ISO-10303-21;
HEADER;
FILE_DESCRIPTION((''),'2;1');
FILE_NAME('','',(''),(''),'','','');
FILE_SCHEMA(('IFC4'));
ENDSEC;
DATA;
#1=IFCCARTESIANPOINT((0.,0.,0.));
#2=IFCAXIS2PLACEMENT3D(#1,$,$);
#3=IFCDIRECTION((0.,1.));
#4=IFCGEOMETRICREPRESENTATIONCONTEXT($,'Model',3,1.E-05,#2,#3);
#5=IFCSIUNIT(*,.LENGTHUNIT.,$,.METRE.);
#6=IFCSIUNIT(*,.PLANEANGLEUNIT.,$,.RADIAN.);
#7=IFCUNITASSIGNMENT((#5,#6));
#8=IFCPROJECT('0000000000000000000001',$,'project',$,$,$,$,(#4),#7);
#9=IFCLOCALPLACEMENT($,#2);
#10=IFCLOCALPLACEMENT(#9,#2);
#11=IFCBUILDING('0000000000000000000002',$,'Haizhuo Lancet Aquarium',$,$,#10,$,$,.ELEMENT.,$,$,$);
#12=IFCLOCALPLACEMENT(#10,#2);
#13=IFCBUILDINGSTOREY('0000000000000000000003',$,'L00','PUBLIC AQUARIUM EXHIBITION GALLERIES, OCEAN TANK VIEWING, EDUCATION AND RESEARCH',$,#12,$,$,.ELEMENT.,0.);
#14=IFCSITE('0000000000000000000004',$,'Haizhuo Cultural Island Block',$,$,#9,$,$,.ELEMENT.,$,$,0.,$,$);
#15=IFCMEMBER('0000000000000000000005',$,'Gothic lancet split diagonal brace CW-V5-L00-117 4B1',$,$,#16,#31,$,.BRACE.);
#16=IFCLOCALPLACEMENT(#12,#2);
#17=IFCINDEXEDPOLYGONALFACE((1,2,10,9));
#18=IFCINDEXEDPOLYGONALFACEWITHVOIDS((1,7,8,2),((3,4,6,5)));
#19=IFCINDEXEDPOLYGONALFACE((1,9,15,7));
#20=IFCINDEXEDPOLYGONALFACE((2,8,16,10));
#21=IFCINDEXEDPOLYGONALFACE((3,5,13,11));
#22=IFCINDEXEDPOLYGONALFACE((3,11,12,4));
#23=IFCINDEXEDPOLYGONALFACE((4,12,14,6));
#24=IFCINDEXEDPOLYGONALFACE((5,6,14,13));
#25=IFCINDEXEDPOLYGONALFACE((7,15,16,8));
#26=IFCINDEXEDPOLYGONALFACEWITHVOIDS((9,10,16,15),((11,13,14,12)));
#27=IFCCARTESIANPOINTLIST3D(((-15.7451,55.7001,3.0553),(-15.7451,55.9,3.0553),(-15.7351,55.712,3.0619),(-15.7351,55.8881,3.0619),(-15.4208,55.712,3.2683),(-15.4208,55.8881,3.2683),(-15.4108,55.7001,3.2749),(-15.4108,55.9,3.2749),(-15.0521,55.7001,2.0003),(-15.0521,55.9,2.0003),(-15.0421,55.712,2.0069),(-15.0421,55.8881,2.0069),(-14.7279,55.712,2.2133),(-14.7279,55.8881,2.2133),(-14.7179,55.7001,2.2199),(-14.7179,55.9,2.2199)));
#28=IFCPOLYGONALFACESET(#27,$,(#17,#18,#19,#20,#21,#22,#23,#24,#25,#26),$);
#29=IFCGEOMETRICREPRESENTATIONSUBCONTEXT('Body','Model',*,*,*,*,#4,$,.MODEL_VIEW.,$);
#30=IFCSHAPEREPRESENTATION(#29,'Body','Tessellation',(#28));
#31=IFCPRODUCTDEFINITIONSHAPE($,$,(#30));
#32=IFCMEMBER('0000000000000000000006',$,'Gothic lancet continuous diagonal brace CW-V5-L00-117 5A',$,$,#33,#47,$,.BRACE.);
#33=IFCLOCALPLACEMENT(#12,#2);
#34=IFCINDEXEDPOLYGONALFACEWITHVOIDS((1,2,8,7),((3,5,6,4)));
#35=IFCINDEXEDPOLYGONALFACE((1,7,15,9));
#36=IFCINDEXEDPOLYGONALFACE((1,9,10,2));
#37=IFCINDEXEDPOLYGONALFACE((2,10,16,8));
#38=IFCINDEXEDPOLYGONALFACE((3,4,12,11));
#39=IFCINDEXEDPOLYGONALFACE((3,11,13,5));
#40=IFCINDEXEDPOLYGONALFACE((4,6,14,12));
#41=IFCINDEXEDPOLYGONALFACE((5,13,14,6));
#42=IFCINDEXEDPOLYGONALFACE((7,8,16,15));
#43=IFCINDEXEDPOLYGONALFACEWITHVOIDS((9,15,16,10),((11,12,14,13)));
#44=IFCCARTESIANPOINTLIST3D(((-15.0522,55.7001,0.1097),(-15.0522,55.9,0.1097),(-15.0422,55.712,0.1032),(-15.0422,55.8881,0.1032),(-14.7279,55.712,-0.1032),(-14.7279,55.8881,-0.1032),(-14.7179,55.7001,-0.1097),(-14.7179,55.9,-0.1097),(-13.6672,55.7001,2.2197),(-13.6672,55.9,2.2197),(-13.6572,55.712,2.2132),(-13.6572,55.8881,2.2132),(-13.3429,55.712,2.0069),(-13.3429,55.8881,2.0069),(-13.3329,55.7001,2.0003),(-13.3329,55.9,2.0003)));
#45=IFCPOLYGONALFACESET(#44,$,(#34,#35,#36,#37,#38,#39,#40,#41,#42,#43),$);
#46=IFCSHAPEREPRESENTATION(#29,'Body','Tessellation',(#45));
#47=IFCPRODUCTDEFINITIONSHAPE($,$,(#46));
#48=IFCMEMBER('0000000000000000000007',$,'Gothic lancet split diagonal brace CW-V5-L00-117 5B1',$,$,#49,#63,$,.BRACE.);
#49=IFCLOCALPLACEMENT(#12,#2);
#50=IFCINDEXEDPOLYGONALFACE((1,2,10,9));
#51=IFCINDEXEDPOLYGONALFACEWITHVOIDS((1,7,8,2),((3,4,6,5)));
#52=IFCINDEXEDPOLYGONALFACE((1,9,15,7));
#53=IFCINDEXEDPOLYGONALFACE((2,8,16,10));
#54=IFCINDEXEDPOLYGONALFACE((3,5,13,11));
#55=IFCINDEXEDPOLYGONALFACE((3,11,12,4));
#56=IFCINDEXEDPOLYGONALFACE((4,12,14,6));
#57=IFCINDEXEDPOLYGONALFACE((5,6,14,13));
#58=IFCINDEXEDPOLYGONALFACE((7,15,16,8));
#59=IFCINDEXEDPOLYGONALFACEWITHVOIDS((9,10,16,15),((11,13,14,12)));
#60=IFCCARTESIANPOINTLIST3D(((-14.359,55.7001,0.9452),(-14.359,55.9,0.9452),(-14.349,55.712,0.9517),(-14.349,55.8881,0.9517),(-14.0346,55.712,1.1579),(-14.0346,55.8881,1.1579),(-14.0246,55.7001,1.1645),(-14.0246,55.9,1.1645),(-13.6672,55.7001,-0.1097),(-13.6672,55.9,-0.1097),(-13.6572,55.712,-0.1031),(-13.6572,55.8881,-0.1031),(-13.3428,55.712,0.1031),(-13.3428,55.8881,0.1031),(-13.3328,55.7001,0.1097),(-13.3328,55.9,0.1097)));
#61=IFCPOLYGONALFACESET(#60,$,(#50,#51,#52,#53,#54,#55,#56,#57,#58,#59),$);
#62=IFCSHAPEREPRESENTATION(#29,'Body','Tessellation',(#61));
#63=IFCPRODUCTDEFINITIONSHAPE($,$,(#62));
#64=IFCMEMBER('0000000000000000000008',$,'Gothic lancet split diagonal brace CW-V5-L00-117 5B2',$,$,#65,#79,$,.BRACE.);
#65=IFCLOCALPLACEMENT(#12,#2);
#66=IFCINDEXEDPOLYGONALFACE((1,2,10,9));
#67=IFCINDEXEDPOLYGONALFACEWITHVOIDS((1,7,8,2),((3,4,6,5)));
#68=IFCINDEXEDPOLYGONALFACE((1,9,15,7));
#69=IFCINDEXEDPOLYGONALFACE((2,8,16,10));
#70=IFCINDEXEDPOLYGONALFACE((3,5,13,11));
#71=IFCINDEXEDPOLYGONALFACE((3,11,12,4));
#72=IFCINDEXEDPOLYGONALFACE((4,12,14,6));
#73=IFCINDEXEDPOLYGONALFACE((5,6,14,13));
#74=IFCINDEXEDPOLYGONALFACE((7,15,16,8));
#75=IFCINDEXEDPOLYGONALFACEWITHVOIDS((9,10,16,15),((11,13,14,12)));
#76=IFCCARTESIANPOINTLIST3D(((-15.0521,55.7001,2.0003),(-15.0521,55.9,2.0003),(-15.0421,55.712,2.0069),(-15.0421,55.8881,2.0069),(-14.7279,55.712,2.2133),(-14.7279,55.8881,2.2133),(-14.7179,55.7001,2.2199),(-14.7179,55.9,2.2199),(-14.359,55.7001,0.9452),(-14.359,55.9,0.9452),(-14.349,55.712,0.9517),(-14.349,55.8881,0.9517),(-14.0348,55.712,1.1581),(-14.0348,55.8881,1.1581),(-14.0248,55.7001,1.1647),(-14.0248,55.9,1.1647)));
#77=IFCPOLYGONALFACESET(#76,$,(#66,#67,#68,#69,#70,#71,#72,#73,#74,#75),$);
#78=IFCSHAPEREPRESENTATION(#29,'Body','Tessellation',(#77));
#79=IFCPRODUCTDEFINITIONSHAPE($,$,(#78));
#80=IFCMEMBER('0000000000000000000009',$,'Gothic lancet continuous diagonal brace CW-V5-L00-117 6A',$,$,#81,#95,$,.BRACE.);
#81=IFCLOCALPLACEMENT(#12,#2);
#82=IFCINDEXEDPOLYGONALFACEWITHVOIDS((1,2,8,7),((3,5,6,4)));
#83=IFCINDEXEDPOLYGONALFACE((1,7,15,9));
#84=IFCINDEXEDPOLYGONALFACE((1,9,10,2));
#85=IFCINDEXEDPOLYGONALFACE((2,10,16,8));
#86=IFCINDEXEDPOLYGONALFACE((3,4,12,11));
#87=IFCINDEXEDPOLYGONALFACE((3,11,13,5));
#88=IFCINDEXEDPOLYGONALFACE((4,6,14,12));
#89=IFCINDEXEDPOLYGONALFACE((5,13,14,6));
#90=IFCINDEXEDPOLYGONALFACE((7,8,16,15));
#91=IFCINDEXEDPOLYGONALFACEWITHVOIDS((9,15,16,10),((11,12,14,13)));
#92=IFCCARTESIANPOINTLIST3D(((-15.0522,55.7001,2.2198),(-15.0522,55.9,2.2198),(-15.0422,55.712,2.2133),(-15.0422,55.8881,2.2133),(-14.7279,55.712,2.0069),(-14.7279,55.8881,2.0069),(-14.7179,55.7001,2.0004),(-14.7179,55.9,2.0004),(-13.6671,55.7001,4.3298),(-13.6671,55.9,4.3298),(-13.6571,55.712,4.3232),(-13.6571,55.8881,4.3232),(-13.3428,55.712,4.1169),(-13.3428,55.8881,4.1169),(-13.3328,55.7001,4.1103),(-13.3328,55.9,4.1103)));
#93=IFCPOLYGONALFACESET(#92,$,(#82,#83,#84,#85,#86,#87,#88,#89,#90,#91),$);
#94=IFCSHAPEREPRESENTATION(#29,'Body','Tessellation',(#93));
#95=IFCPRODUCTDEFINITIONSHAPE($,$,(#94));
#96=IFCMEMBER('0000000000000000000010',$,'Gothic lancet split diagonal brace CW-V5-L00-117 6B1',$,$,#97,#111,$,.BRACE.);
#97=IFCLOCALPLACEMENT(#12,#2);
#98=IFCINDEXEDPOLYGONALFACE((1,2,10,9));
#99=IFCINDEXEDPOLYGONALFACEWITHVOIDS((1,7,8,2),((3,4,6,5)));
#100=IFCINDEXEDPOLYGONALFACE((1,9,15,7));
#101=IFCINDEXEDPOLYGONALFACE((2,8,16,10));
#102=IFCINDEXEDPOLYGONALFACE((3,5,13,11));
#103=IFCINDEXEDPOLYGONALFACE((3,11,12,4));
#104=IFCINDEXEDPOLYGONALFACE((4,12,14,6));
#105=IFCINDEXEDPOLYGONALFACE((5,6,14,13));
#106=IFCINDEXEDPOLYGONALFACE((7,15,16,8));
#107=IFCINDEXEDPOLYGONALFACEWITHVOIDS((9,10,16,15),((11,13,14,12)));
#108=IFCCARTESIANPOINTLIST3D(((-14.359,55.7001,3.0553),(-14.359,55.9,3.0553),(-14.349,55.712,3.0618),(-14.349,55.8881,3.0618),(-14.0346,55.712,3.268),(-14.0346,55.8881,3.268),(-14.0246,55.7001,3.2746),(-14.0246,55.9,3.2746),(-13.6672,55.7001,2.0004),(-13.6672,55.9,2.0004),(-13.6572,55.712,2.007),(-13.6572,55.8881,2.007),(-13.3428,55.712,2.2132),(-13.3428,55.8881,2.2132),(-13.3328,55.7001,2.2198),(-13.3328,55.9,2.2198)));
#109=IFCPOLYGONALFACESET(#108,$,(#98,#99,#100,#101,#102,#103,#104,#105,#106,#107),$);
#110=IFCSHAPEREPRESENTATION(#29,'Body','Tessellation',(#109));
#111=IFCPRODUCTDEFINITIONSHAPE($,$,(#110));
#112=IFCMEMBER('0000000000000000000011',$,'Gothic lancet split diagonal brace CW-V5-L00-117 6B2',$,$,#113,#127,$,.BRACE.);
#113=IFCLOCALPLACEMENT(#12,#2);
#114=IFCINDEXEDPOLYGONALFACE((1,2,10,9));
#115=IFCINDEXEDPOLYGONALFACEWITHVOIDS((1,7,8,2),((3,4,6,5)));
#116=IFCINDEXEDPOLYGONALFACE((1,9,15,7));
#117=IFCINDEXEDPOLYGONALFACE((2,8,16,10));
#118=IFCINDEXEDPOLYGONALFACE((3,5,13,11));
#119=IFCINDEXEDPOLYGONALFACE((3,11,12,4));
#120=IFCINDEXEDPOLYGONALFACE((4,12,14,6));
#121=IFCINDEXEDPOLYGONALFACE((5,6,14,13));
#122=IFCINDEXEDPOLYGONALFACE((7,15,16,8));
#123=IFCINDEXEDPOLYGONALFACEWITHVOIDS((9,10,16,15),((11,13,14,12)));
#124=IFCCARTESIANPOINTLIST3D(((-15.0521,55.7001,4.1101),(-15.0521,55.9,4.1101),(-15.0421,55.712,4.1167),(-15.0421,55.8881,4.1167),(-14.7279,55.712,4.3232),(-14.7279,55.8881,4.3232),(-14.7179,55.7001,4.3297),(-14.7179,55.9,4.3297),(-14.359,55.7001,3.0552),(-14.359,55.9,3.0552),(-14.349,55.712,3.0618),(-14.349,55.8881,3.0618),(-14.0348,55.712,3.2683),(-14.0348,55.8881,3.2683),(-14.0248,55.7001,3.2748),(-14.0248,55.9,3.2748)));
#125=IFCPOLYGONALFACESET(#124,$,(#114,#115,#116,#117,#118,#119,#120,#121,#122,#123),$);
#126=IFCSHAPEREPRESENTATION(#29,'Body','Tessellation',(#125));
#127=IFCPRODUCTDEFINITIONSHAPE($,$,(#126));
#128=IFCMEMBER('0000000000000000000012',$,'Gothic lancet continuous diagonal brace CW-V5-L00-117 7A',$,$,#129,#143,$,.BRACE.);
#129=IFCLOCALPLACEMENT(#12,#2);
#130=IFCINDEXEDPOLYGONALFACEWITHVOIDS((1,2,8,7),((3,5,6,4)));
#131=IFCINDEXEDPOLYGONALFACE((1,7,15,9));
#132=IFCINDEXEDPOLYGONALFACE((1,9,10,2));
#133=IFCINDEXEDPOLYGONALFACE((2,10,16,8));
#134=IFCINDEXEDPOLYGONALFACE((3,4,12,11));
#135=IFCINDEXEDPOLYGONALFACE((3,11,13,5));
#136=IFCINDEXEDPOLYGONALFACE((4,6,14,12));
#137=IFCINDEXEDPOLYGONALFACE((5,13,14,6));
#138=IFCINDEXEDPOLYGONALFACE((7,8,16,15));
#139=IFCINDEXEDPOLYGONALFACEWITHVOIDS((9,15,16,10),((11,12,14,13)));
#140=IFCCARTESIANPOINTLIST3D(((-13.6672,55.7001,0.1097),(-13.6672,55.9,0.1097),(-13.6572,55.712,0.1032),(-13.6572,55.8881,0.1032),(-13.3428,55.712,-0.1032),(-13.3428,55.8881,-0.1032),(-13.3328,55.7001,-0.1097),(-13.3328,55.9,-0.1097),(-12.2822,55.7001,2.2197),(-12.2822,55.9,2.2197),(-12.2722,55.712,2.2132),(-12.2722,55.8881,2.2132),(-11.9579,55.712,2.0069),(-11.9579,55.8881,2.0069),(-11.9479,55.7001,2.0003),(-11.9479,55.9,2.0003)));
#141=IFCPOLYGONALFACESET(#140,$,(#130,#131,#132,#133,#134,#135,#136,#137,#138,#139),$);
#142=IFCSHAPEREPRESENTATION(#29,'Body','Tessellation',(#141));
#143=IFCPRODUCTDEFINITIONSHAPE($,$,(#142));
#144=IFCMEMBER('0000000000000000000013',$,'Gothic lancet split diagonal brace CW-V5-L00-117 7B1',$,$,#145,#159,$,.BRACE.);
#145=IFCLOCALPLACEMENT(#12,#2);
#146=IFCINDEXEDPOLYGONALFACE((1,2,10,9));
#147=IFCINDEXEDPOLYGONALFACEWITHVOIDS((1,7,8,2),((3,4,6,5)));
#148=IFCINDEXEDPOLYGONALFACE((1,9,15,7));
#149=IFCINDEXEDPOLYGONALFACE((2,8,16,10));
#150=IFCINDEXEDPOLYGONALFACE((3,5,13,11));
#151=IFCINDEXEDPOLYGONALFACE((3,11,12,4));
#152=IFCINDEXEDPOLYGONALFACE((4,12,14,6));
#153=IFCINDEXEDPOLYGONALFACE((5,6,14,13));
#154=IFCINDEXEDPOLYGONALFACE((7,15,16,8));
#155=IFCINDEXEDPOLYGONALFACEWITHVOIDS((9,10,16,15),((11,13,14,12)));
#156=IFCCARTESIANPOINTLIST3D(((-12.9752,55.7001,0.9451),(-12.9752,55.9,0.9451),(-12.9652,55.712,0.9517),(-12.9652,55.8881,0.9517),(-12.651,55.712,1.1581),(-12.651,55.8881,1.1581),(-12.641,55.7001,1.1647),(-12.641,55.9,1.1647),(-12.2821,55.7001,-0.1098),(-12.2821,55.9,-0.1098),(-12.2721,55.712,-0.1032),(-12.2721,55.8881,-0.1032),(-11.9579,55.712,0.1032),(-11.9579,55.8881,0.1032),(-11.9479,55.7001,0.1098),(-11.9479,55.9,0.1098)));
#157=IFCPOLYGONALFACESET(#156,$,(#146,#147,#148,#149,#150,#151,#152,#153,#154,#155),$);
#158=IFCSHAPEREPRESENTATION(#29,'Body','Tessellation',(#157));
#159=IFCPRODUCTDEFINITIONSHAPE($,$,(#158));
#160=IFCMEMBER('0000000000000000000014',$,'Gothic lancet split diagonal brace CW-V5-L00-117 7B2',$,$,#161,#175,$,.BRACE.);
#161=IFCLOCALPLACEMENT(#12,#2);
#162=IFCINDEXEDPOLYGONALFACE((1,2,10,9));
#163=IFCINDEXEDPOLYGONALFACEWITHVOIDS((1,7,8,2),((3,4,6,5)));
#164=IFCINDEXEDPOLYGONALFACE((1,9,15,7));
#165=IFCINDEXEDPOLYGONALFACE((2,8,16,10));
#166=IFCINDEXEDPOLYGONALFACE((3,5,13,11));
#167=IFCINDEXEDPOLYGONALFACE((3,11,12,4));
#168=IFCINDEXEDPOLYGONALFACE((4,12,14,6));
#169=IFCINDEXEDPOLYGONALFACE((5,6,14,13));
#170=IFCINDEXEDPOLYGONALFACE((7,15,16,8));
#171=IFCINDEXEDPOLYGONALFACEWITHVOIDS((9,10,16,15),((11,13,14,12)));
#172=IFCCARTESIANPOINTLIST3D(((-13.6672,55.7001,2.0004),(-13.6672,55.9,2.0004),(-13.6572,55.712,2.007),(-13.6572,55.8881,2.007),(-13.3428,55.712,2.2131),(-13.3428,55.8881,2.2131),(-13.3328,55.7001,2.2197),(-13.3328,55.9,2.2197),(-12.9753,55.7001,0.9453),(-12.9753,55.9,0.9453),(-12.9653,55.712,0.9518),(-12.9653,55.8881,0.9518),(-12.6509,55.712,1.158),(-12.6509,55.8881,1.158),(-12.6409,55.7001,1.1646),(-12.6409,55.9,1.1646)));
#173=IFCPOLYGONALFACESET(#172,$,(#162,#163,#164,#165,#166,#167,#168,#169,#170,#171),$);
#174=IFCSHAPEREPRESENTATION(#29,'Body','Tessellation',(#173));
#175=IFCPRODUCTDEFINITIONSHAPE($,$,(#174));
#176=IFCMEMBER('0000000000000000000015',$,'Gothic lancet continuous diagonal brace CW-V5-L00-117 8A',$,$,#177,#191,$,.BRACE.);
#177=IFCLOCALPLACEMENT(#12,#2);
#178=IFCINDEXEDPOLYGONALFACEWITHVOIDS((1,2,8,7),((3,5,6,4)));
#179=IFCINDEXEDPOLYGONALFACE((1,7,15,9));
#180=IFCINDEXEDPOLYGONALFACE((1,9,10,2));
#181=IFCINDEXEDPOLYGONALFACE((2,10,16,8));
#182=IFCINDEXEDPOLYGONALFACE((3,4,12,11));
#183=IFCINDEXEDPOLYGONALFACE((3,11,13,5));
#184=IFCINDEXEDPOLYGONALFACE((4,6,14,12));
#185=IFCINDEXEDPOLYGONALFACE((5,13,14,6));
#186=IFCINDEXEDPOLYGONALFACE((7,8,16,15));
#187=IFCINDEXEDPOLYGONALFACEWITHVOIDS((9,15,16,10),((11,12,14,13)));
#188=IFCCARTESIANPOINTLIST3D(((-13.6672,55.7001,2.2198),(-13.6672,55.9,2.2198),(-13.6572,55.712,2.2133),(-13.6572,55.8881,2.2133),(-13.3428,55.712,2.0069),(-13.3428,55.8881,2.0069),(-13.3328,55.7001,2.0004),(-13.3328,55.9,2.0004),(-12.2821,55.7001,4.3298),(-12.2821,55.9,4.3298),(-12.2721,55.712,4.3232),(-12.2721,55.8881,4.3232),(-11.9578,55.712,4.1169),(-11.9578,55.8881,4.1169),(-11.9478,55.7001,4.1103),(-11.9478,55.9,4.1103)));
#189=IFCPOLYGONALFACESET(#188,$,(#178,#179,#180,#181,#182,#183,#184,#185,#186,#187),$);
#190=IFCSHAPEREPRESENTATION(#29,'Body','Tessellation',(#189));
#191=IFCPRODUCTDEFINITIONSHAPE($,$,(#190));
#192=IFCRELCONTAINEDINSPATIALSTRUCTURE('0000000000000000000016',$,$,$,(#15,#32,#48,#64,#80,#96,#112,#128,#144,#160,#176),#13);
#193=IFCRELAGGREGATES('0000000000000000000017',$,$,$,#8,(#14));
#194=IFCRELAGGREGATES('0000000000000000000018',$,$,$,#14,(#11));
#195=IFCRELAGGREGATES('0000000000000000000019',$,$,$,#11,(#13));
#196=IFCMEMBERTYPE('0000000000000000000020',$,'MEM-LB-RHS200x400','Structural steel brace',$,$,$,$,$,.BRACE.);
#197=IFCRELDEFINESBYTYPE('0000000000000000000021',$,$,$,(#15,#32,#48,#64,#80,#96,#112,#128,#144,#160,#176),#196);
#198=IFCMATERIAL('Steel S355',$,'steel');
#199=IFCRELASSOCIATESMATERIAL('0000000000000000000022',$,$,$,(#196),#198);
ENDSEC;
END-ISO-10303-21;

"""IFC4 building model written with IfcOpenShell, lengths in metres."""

from ifc_helpers import new_model, si_unit, direction, frame, origin, origin_2d, place, context, subcontext, project, spatial, hollow_rectangle, extrude, material, material_profile, profile_set, type_object, element, save


model = new_model("IFC4")

# Units and contexts
model_context = context("Model", 3, precision=1e-05, world=origin(), true_north=direction((0.0, 1.0)))
body_context = subcontext(model_context, "Body", "Model", "MODEL_VIEW")
ifc_project = project(units=[si_unit("LENGTHUNIT", "METRE"), si_unit("PLANEANGLEUNIT", "RADIAN")], contexts=[model_context])

# Site, building, storey
site_placement = place(None, origin())
site = spatial("IfcSite", under=ifc_project, at=site_placement, Name="Haizhuo Cultural Island Block", CompositionType="ELEMENT", RefElevation=0.0)
building_placement = place(site_placement, origin())
building = spatial("IfcBuilding", under=site, at=building_placement, Name="Haizhuo Lancet Aquarium", CompositionType="ELEMENT")
storey_placement = place(building_placement, origin())
storey = spatial("IfcBuildingStorey", under=building, at=storey_placement, Name="L00", Description="PUBLIC AQUARIUM EXHIBITION GALLERIES, OCEAN TANK VIEWING, EDUCATION AND RESEARCH", CompositionType="ELEMENT", Elevation=0.0)

# Members
ifc_material_1 = material(Name="Steel S355", Category="steel")
ifc_material_profile_1 = material_profile(ifc_material_1, hollow_rectangle(XDim=0.2, YDim=0.3999, WallThickness=0.012, at=origin_2d()), Name="RHS 200x400x12")
ifc_profile_set_1 = profile_set([ifc_material_profile_1], Name="Steel S355")
member_type_1 = type_object("IfcMemberType", Name="MEM-LB-RHS200x400", Description="Structural steel brace", PredefinedType="BRACE", material=ifc_profile_set_1)
member_1_placement = place(storey_placement, frame((-14.885, 55.8, 2.1101), z_axis=(-0.548973, 0.0, 0.83584), x_axis=(0.0, -1.0, 0.0)))
element("IfcMember", 1, at=member_1_placement, inside=storey, type_object=member_type_1, Name="Gothic lancet split diagonal brace CW-V5-L00-117 4B1", PredefinedType="BRACE", context=body_context, shape_type="SweptSolid", body=[
    extrude(hollow_rectangle(XDim=0.2, YDim=0.3999, WallThickness=0.012, at=origin_2d()), origin(), (0.0, 0.0, 1.0), 1.2622),
])
member_2_placement = place(storey_placement, frame((-14.885, 55.8, 0.0), z_axis=(0.548726, 0.0, 0.836002), x_axis=(0.0, 1.0, 0.0)))
element("IfcMember", 2, at=member_2_placement, inside=storey, type_object=member_type_1, Name="Gothic lancet continuous diagonal brace CW-V5-L00-117 5A", PredefinedType="BRACE", context=body_context, shape_type="SweptSolid", body=[
    extrude(hollow_rectangle(XDim=0.2, YDim=0.3999, WallThickness=0.012, at=origin_2d()), origin(), (0.0, 0.0, 1.0), 2.5239),
])
member_3_placement = place(storey_placement, frame((-13.5, 55.8, 0.0), z_axis=(-0.548432, 0.0, 0.836195), x_axis=(0.0, -1.0, 0.0)))
element("IfcMember", 3, at=member_3_placement, inside=storey, type_object=member_type_1, Name="Gothic lancet split diagonal brace CW-V5-L00-117 5B1", PredefinedType="BRACE", context=body_context, shape_type="SweptSolid", body=[
    extrude(hollow_rectangle(XDim=0.2, YDim=0.3999, WallThickness=0.012, at=origin_2d()), origin(), (0.0, 0.0, 1.0), 1.2615),
])
member_4_placement = place(storey_placement, frame((-14.1919, 55.8, 1.0549), z_axis=(-0.54902, 0.0, 0.835809), x_axis=(0.0, -1.0, 0.0)))
element("IfcMember", 4, at=member_4_placement, inside=storey, type_object=member_type_1, Name="Gothic lancet split diagonal brace CW-V5-L00-117 5B2", PredefinedType="BRACE", context=body_context, shape_type="SweptSolid", body=[
    extrude(hollow_rectangle(XDim=0.2, YDim=0.3999, WallThickness=0.012, at=origin_2d()), origin(), (0.0, 0.0, 1.0), 1.2625),
])
member_5_placement = place(storey_placement, frame((-14.885, 55.8, 2.1101), z_axis=(0.548771, 0.0, 0.835973), x_axis=(0.0, 1.0, 0.0)))
element("IfcMember", 5, at=member_5_placement, inside=storey, type_object=member_type_1, Name="Gothic lancet continuous diagonal brace CW-V5-L00-117 6A", PredefinedType="BRACE", context=body_context, shape_type="SweptSolid", body=[
    extrude(hollow_rectangle(XDim=0.2, YDim=0.3999, WallThickness=0.012, at=origin_2d()), origin(), (0.0, 0.0, 1.0), 2.5239),
])
member_6_placement = place(storey_placement, frame((-13.5, 55.8, 2.1101), z_axis=(-0.548432, 0.0, 0.836195), x_axis=(0.0, -1.0, 0.0)))
element("IfcMember", 6, at=member_6_placement, inside=storey, type_object=member_type_1, Name="Gothic lancet split diagonal brace CW-V5-L00-117 6B1", PredefinedType="BRACE", context=body_context, shape_type="SweptSolid", body=[
    extrude(hollow_rectangle(XDim=0.2, YDim=0.3999, WallThickness=0.012, at=origin_2d()), origin(), (0.0, 0.0, 1.0), 1.2615),
])
member_7_placement = place(storey_placement, frame((-14.1919, 55.8, 3.165), z_axis=(-0.549108, 0.0, 0.835751), x_axis=(0.0, -1.0, 0.0)))
element("IfcMember", 7, at=member_7_placement, inside=storey, type_object=member_type_1, Name="Gothic lancet split diagonal brace CW-V5-L00-117 6B2", PredefinedType="BRACE", context=body_context, shape_type="SweptSolid", body=[
    extrude(hollow_rectangle(XDim=0.2, YDim=0.3999, WallThickness=0.012, at=origin_2d()), origin(), (0.0, 0.0, 1.0), 1.2622),
])
member_8_placement = place(storey_placement, frame((-13.5, 55.8, 0.0), z_axis=(0.548726, 0.0, 0.836002), x_axis=(0.0, 1.0, 0.0)))
element("IfcMember", 8, at=member_8_placement, inside=storey, type_object=member_type_1, Name="Gothic lancet continuous diagonal brace CW-V5-L00-117 7A", PredefinedType="BRACE", context=body_context, shape_type="SweptSolid", body=[
    extrude(hollow_rectangle(XDim=0.2, YDim=0.3999, WallThickness=0.012, at=origin_2d()), origin(), (0.0, 0.0, 1.0), 2.5239),
])
member_9_placement = place(storey_placement, frame((-12.115, 55.8, 0.0), z_axis=(-0.549108, 0.0, 0.835751), x_axis=(0.0, -1.0, 0.0)))
element("IfcMember", 9, at=member_9_placement, inside=storey, type_object=member_type_1, Name="Gothic lancet split diagonal brace CW-V5-L00-117 7B1", PredefinedType="BRACE", context=body_context, shape_type="SweptSolid", body=[
    extrude(hollow_rectangle(XDim=0.2, YDim=0.3999, WallThickness=0.012, at=origin_2d()), origin(), (0.0, 0.0, 1.0), 1.2622),
])
member_10_placement = place(storey_placement, frame((-12.8081, 55.8, 1.0549), z_axis=(-0.548344, 0.0, 0.836253), x_axis=(0.0, -1.0, 0.0)))
element("IfcMember", 10, at=member_10_placement, inside=storey, type_object=member_type_1, Name="Gothic lancet split diagonal brace CW-V5-L00-117 7B2", PredefinedType="BRACE", context=body_context, shape_type="SweptSolid", body=[
    extrude(hollow_rectangle(XDim=0.2, YDim=0.3999, WallThickness=0.012, at=origin_2d()), origin(), (0.0, 0.0, 1.0), 1.2617),
])
member_11_placement = place(storey_placement, frame((-13.5, 55.8, 2.1101), z_axis=(0.548771, 0.0, 0.835973), x_axis=(0.0, 1.0, 0.0)))
element("IfcMember", 11, at=member_11_placement, inside=storey, type_object=member_type_1, Name="Gothic lancet continuous diagonal brace CW-V5-L00-117 8A", PredefinedType="BRACE", context=body_context, shape_type="SweptSolid", body=[
    extrude(hollow_rectangle(XDim=0.2, YDim=0.3999, WallThickness=0.012, at=origin_2d()), origin(), (0.0, 0.0, 1.0), 2.5239),
])

save(model, "model.ifc")
